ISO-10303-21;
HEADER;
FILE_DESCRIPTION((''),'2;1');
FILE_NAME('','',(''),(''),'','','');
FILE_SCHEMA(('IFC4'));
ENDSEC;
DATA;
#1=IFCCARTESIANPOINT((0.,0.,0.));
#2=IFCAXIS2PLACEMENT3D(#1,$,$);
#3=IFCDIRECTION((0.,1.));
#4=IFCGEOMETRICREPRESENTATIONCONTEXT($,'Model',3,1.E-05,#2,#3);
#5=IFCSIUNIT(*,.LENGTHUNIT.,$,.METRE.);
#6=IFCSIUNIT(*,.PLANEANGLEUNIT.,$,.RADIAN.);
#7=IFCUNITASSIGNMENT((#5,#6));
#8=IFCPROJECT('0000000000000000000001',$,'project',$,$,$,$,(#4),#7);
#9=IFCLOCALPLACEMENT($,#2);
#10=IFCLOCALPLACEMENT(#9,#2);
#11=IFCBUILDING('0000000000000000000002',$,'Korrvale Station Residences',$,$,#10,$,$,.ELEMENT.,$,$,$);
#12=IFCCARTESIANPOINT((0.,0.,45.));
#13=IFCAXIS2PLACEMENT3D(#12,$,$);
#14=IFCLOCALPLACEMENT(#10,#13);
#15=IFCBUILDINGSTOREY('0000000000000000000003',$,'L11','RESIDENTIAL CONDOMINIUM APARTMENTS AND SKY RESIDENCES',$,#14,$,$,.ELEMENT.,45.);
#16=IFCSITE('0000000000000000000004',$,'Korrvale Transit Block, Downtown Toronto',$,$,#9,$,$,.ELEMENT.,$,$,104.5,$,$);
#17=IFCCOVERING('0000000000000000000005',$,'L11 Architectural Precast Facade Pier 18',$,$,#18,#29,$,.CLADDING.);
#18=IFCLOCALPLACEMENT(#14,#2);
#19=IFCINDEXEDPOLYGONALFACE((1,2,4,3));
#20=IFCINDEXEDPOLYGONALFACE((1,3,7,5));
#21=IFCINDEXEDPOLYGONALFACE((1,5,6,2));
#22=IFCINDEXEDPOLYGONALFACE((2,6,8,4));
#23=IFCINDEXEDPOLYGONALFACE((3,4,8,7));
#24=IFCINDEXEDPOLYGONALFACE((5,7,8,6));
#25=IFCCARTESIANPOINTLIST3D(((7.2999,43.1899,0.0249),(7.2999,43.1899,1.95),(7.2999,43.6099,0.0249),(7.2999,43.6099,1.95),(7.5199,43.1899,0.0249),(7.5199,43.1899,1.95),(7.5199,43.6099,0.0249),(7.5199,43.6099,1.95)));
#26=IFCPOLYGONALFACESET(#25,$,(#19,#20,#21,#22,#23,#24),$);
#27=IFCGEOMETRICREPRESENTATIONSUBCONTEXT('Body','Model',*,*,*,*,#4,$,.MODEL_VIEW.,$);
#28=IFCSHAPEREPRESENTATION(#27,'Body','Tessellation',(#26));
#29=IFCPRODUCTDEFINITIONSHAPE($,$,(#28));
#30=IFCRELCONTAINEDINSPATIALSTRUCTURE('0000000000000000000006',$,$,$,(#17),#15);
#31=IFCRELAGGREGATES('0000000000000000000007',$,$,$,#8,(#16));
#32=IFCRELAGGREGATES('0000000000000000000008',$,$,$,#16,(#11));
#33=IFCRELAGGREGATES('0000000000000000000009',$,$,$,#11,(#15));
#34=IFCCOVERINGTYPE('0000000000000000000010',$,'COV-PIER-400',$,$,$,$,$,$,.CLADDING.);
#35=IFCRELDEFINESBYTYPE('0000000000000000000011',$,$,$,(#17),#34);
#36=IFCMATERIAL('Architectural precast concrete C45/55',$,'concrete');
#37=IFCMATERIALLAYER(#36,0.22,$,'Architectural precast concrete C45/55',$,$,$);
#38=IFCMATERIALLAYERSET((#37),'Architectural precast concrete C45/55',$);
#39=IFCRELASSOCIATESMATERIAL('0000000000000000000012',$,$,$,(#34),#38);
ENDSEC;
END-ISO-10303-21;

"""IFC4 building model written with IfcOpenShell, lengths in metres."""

from ifc_helpers import new_model, si_unit, direction, frame, origin, origin_2d, place, context, subcontext, project, spatial, rectangle, extrude, material, layer, layer_set, type_object, element, save


model = new_model("IFC4")

# Units and contexts
model_context = context("Model", 3, precision=1e-05, world=origin(), true_north=direction((0.0, 1.0)))
body_context = subcontext(model_context, "Body", "Model", "MODEL_VIEW")
ifc_project = project(units=[si_unit("LENGTHUNIT", "METRE"), si_unit("PLANEANGLEUNIT", "RADIAN")], contexts=[model_context])

# Site, building, storey
site_placement = place(None, origin())
site = spatial("IfcSite", under=ifc_project, at=site_placement, Name="Korrvale Transit Block, Downtown Toronto", CompositionType="ELEMENT", RefElevation=104.5)
building_placement = place(site_placement, origin())
building = spatial("IfcBuilding", under=site, at=building_placement, Name="Korrvale Station Residences", CompositionType="ELEMENT")
storey_placement = place(building_placement, frame((0.0, 0.0, 45.0)))
storey = spatial("IfcBuildingStorey", under=building, at=storey_placement, Name="L11", Description="RESIDENTIAL CONDOMINIUM APARTMENTS AND SKY RESIDENCES", CompositionType="ELEMENT", Elevation=45.0)

# Covering
ifc_material_1 = material(Name="Architectural precast concrete C45/55", Category="concrete")
ifc_layer_1 = layer(ifc_material_1, 0.22, Name="Architectural precast concrete C45/55")
ifc_layer_set_1 = layer_set([ifc_layer_1], Name="Architectural precast concrete C45/55")
covering_type = type_object("IfcCoveringType", Name="COV-PIER-400", PredefinedType="CLADDING", material=ifc_layer_set_1)
for number, where, z_axis, x_axis, name in (
    (1, (7.4099, 43.3999, 0.0249), (0.0, 0.0, 1.0), (0.0, 1.0, 0.0), "L11 Architectural Precast Facade Pier 18"),
):
    element("IfcCovering", number, at=place(storey_placement, frame(where, z_axis=z_axis, x_axis=x_axis)), inside=storey, type_object=covering_type, Name=name, PredefinedType="CLADDING", context=body_context, shape_type="SweptSolid", body=[
        extrude(rectangle(XDim=0.4199, YDim=0.22, at=origin_2d()), origin(), (0.0, 0.0, 1.0), 1.925),
    ])

save(model, "model.ifc")
